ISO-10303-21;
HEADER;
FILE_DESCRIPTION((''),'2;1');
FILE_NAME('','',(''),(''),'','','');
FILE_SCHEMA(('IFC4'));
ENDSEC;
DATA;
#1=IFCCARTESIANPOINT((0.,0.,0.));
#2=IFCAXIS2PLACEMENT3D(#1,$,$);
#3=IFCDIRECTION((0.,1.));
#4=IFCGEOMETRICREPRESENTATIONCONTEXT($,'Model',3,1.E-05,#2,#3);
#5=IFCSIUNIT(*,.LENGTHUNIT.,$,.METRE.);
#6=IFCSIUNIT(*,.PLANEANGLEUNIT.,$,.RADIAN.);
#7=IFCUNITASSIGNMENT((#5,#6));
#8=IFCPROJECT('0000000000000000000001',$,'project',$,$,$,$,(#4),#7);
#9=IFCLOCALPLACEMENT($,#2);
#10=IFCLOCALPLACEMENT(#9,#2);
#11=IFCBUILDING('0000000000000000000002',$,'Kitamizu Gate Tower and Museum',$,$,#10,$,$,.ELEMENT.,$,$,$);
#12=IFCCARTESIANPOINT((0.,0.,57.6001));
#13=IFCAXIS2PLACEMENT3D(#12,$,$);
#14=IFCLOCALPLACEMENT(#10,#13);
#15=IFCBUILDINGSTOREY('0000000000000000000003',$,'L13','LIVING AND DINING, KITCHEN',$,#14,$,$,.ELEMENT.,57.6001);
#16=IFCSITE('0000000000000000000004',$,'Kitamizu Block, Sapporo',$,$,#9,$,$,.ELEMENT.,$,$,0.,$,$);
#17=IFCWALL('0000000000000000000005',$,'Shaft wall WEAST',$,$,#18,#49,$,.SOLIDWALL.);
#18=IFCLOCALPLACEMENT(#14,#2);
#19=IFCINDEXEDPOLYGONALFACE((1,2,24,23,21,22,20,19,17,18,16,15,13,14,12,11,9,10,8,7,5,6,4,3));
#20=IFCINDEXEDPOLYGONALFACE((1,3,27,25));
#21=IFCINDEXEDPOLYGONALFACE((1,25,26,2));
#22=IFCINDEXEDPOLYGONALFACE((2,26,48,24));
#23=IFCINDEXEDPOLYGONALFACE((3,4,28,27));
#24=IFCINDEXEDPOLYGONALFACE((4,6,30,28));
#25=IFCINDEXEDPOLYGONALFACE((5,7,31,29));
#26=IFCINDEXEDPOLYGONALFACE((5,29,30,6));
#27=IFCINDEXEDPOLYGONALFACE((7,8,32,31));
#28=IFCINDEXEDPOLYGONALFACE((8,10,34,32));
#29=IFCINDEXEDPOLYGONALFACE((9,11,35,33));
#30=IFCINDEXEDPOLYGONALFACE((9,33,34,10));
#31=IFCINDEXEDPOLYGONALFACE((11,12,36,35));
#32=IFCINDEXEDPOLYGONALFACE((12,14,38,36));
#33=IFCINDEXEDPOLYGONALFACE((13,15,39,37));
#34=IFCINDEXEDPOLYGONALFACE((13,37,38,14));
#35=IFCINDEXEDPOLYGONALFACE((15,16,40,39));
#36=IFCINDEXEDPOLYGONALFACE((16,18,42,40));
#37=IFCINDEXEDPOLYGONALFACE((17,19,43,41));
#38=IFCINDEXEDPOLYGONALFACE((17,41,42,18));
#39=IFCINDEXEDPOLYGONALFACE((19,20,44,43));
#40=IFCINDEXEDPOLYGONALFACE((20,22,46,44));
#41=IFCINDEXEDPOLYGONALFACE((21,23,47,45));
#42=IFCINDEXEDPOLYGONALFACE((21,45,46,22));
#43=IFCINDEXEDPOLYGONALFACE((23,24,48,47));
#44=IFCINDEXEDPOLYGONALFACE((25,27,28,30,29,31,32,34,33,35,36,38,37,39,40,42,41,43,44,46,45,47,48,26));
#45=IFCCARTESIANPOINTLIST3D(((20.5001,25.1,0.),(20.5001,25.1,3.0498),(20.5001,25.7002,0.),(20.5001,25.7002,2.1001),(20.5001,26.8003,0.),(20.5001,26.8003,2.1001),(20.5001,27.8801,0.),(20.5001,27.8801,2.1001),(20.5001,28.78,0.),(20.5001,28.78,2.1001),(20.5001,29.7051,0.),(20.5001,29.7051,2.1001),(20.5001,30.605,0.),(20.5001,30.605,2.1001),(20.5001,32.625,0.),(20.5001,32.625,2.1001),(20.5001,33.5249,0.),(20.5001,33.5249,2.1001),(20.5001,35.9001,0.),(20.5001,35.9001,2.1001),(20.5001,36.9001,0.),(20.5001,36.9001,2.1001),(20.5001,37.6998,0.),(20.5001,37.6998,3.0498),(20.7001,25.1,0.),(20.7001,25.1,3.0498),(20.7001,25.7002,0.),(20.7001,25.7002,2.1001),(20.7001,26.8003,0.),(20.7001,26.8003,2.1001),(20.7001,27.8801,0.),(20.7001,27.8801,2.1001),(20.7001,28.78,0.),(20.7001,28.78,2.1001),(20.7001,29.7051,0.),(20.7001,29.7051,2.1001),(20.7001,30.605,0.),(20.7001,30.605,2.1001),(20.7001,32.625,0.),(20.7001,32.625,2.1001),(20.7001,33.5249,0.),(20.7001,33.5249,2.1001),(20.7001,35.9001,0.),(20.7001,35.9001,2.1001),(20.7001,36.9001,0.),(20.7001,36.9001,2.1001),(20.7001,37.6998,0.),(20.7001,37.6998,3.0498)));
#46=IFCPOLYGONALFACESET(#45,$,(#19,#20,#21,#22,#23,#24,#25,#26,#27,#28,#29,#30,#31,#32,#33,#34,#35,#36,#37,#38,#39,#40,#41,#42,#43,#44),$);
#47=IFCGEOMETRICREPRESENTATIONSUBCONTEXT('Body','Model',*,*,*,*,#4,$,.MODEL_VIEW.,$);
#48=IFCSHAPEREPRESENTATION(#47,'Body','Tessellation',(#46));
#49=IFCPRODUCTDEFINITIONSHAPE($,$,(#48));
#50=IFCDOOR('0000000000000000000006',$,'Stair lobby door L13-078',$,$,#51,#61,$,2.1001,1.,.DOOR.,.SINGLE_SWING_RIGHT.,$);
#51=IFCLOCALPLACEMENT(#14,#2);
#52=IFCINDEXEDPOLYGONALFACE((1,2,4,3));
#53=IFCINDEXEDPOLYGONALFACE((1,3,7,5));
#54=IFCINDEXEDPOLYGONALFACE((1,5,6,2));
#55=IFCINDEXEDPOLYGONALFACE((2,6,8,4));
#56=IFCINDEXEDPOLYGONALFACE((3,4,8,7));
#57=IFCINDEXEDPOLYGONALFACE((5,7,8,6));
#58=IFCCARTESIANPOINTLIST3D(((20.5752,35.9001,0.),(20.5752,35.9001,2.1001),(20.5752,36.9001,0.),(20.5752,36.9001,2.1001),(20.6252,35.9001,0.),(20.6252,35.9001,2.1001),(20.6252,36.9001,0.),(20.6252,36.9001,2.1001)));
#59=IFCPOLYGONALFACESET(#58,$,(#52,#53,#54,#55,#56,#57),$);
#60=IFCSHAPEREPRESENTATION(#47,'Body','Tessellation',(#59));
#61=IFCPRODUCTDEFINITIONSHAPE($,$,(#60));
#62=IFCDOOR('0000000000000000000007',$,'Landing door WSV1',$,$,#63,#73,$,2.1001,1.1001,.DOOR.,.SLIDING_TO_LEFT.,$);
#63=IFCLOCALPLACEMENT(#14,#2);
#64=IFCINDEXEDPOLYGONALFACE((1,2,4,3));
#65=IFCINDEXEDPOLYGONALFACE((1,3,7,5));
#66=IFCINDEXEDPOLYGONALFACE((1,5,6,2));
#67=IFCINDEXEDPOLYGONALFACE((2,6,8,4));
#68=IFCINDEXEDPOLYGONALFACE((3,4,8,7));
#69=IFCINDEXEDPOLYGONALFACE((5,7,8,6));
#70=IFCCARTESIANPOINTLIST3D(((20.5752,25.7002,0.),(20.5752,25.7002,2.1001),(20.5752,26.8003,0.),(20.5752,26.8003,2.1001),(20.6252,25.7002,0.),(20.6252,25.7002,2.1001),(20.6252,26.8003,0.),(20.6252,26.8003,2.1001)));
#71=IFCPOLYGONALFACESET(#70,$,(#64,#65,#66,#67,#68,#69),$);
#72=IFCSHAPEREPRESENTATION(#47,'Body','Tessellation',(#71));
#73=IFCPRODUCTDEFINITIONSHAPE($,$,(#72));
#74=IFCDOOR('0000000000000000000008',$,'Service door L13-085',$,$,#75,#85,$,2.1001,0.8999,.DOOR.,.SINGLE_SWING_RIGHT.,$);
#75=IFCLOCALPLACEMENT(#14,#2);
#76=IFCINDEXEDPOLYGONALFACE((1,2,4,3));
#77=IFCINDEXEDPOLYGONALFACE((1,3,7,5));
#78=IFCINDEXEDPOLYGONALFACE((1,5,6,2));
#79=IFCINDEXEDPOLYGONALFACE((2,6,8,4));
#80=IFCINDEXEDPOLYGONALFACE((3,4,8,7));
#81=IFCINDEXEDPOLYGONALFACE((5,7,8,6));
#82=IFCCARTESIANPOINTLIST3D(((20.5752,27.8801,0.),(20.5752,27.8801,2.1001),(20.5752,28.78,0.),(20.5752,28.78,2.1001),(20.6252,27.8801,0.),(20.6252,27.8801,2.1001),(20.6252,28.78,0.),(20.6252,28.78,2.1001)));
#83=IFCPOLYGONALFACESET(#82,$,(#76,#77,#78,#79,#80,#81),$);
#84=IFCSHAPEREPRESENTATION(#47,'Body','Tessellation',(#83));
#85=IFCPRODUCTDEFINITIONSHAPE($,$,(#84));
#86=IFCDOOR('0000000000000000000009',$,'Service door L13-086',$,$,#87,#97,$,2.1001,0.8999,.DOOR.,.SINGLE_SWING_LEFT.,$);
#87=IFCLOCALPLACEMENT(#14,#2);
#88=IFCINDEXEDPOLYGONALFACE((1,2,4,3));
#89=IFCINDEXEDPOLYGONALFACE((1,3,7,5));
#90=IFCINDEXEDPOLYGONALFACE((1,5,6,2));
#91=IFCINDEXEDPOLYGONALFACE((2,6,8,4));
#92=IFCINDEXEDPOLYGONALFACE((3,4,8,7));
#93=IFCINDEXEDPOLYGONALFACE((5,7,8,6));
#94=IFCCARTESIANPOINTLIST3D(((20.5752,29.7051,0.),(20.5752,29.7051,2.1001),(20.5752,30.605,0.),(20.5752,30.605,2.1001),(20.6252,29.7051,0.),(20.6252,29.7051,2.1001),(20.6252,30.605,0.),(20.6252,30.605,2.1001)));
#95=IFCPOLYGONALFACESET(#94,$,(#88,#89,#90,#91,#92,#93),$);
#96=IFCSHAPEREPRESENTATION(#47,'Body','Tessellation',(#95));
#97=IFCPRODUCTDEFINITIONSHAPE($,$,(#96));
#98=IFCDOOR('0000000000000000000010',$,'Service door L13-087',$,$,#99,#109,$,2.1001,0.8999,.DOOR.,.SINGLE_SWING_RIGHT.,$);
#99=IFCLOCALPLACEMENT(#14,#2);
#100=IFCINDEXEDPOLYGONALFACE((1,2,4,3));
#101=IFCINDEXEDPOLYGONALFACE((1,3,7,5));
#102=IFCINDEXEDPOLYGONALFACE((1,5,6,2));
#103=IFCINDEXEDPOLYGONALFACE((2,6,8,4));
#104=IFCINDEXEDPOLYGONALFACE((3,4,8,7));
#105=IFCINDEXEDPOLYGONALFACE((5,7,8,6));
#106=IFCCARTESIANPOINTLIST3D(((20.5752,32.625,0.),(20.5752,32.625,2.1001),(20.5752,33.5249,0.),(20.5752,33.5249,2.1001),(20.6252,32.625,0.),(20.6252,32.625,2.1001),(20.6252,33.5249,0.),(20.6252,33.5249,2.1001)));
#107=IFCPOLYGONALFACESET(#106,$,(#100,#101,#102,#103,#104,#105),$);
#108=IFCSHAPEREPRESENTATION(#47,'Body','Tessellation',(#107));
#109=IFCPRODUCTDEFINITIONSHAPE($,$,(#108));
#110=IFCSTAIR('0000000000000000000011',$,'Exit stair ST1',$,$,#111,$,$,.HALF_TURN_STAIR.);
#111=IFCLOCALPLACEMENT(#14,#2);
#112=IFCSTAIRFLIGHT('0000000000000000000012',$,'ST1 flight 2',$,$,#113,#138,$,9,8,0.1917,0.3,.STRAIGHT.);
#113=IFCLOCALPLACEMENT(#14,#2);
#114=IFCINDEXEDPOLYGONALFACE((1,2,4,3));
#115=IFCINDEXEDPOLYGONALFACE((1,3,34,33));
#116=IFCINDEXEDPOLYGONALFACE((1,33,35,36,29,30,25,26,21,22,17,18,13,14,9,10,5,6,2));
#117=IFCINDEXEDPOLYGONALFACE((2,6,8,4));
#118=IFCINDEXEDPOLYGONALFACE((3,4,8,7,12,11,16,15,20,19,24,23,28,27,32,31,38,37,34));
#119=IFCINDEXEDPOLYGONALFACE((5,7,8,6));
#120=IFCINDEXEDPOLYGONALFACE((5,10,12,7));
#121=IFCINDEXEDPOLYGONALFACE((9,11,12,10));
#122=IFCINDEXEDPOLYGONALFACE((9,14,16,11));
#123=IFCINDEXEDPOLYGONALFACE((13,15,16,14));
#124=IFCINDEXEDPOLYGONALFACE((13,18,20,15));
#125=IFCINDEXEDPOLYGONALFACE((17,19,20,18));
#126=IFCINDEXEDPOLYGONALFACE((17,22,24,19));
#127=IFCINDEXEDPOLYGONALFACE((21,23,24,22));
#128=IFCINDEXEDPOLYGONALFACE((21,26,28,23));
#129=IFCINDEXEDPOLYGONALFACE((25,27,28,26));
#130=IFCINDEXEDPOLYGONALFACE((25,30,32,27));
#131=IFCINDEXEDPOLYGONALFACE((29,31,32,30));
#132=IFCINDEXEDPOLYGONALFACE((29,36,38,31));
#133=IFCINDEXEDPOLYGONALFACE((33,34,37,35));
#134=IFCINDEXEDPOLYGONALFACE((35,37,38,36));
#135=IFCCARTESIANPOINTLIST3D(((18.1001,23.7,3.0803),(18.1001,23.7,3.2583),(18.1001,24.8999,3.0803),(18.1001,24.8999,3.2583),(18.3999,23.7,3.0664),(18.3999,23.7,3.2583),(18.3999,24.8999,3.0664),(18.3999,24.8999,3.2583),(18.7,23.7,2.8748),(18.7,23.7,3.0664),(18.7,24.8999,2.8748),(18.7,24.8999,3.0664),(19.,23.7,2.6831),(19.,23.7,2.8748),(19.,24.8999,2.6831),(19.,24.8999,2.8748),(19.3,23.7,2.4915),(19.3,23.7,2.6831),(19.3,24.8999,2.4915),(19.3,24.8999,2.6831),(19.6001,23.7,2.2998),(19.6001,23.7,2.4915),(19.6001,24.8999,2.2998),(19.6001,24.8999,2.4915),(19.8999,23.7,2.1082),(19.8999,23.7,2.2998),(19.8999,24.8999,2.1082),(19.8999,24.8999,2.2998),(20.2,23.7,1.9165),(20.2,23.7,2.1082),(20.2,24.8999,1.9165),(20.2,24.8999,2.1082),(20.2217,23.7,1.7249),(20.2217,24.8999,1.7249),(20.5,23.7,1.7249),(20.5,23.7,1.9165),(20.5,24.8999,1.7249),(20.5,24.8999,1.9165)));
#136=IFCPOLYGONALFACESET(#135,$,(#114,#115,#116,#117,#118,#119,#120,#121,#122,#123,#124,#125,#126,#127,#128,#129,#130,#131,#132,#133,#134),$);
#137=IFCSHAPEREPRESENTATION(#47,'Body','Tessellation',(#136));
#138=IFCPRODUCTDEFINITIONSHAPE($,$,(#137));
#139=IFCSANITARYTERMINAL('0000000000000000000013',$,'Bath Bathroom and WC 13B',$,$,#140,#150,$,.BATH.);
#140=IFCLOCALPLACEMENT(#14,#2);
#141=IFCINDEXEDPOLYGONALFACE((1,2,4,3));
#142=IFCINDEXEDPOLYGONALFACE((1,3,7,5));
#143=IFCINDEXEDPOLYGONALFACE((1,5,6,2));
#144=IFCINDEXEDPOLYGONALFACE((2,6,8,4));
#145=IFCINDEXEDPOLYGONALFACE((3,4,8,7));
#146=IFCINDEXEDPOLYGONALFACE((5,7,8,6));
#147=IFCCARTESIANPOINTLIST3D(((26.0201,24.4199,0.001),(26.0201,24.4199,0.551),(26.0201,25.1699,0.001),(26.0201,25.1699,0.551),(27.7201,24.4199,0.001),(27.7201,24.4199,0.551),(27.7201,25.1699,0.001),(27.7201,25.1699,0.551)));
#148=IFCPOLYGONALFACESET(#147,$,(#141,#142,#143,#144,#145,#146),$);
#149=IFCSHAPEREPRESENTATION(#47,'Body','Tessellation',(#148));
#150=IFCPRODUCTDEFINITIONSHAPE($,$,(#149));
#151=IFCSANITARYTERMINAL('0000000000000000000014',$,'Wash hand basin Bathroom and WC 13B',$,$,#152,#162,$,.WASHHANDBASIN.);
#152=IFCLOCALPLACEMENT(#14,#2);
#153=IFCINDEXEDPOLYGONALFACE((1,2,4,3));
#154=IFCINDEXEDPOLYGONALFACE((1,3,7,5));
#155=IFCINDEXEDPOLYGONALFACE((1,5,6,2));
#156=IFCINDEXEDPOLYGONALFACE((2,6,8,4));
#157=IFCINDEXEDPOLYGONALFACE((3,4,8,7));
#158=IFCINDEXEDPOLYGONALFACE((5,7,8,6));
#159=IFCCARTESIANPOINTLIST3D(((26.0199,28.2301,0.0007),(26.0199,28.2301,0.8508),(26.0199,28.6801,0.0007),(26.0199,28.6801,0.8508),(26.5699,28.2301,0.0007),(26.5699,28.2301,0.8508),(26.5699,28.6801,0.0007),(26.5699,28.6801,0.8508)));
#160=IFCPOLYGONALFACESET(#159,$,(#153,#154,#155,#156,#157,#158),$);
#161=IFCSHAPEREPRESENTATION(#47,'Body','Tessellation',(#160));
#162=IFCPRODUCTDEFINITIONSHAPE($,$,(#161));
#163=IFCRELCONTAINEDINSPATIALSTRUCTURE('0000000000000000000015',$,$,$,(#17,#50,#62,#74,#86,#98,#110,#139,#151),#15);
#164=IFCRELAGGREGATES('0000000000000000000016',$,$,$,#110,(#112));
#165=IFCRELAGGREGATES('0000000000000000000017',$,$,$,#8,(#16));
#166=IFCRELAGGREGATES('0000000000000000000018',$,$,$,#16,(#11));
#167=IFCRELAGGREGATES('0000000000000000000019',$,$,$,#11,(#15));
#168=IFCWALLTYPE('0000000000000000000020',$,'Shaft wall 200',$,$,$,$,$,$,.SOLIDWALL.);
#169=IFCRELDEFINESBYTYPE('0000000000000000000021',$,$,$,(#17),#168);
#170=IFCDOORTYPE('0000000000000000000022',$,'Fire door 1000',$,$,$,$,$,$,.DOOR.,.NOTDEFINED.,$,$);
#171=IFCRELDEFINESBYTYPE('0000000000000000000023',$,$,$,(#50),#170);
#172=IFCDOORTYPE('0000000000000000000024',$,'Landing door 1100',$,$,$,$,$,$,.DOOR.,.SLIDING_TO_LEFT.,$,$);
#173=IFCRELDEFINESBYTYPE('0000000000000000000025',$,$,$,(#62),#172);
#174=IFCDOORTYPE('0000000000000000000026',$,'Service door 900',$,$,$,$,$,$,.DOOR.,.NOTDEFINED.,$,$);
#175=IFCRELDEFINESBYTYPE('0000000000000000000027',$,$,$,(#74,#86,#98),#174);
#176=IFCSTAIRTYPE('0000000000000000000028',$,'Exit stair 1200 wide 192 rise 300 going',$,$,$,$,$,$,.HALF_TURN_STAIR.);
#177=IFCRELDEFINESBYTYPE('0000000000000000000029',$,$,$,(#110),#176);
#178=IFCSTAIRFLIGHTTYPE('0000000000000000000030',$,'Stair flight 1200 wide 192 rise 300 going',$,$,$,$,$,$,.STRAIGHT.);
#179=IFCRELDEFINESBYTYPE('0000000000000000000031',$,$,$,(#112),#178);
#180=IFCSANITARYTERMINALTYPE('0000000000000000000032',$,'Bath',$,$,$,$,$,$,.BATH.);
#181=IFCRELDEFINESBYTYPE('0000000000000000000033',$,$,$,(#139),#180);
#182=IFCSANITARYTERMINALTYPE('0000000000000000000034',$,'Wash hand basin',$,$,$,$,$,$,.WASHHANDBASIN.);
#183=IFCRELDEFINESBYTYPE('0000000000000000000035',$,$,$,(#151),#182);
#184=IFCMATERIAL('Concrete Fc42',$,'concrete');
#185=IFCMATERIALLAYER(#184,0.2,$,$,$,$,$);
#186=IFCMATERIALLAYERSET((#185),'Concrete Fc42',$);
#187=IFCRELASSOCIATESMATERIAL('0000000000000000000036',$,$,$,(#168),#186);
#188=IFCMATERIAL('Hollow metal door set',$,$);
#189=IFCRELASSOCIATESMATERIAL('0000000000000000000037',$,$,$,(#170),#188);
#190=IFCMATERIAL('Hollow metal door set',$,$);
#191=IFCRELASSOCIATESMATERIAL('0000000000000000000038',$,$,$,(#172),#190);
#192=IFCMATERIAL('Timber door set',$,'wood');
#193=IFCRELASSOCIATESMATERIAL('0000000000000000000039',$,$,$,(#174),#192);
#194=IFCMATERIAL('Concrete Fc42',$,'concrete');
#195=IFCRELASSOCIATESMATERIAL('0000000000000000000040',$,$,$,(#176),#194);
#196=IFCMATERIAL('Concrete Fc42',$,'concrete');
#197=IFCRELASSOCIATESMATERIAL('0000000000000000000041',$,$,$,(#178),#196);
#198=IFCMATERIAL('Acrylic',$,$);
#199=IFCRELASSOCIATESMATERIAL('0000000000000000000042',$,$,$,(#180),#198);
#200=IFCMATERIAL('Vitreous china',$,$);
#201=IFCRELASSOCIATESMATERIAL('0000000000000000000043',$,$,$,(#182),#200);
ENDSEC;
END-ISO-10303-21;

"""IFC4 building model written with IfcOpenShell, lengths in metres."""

from ifc_helpers import new_model, si_unit, direction, frame, frame_2d, origin, origin_2d, place, context, subcontext, project, spatial, polyline, rectangle, outline, extrude, material, layer, layer_set, type_object, element, fill, aggregate, save


model = new_model("IFC4")

# Units and contexts
model_context = context("Model", 3, precision=1e-05, world=origin(), true_north=direction((0.0, 1.0)))
body_context = subcontext(model_context, "Body", "Model", "MODEL_VIEW")
ifc_project = project(units=[si_unit("LENGTHUNIT", "METRE"), si_unit("PLANEANGLEUNIT", "RADIAN")], contexts=[model_context])

# Site, building, storey
site_placement = place(None, origin())
site = spatial("IfcSite", under=ifc_project, at=site_placement, Name="Kitamizu Block, Sapporo", CompositionType="ELEMENT", RefElevation=0.0)
building_placement = place(site_placement, origin())
building = spatial("IfcBuilding", under=site, at=building_placement, Name="Kitamizu Gate Tower and Museum", CompositionType="ELEMENT")
storey_placement = place(building_placement, frame((0.0, 0.0, 57.6001)))
storey = spatial("IfcBuildingStorey", under=building, at=storey_placement, Name="L13", Description="LIVING AND DINING, KITCHEN", CompositionType="ELEMENT", Elevation=57.6001)

# Wall, openings, doors
ifc_material_1 = material(Name="Concrete Fc42", Category="concrete")
ifc_layer_1 = layer(ifc_material_1, 0.2)
ifc_layer_set_1 = layer_set([ifc_layer_1], Name="Concrete Fc42")
wall_type_1 = type_object("IfcWallType", Name="Shaft wall 200", PredefinedType="SOLIDWALL", material=ifc_layer_set_1)
wall_1_placement = place(storey_placement, frame((20.6001, 25.1001, 0.0), z_axis=(0.0, 0.0, 1.0), x_axis=(0.0, 1.0, 0.0)))
wall_1 = element("IfcWall", 1, at=wall_1_placement, inside=storey, type_object=wall_type_1, Name="Shaft wall WEAST", PredefinedType="SOLIDWALL", context=body_context, shape_type="SweptSolid", body=[
    extrude(rectangle(XDim=12.5999, YDim=0.2, at=frame_2d((6.2998, 0.0))), origin(), (0.0, 0.0, 1.0), 3.0498),
])
opening_1_placement = place(wall_1_placement, frame((0.6001, 0.0, 0.0)))
opening_1 = element("IfcOpeningElement", 2, at=opening_1_placement, cuts=wall_1, PredefinedType="OPENING", context=body_context, shape_type="SweptSolid", body=[
    extrude(rectangle(XDim=1.1001, YDim=2.1001, at=frame_2d((0.55, 1.05))), frame((0.0, 0.1099, 0.0), z_axis=(0.0, -1.0, 0.0), x_axis=(1.0, 0.0, 0.0)), (0.0, 0.0, 1.0), 0.22),
])
opening_2_placement = place(wall_1_placement, frame((10.8, 0.0, 0.0)))
opening_2 = element("IfcOpeningElement", 3, at=opening_2_placement, cuts=wall_1, PredefinedType="OPENING", context=body_context, shape_type="SweptSolid", body=[
    extrude(rectangle(XDim=1.0, YDim=2.1001, at=frame_2d((0.5, 1.05))), frame((0.0, 0.1099, 0.0), z_axis=(0.0, -1.0, 0.0), x_axis=(1.0, 0.0, 0.0)), (0.0, 0.0, 1.0), 0.22),
])
opening_3_placement = place(wall_1_placement, frame((2.78, 0.0, 0.0)))
opening_3 = element("IfcOpeningElement", 4, at=opening_3_placement, cuts=wall_1, PredefinedType="OPENING", context=body_context, shape_type="SweptSolid", body=[
    extrude(rectangle(XDim=0.8999, YDim=2.1001, at=frame_2d((0.45, 1.05))), frame((0.0, 0.1099, 0.0), z_axis=(0.0, -1.0, 0.0), x_axis=(1.0, 0.0, 0.0)), (0.0, 0.0, 1.0), 0.22),
])
opening_4_placement = place(wall_1_placement, frame((4.605, 0.0, 0.0)))
opening_4 = element("IfcOpeningElement", 5, at=opening_4_placement, cuts=wall_1, PredefinedType="OPENING", context=body_context, shape_type="SweptSolid", body=[
    extrude(rectangle(XDim=0.8999, YDim=2.1001, at=frame_2d((0.45, 1.05))), frame((0.0, 0.1099, 0.0), z_axis=(0.0, -1.0, 0.0), x_axis=(1.0, 0.0, 0.0)), (0.0, 0.0, 1.0), 0.22),
])
opening_5_placement = place(wall_1_placement, frame((7.5249, 0.0, 0.0)))
opening_5 = element("IfcOpeningElement", 6, at=opening_5_placement, cuts=wall_1, PredefinedType="OPENING", context=body_context, shape_type="SweptSolid", body=[
    extrude(rectangle(XDim=0.8999, YDim=2.1001, at=frame_2d((0.45, 1.05))), frame((0.0, 0.1099, 0.0), z_axis=(0.0, -1.0, 0.0), x_axis=(1.0, 0.0, 0.0)), (0.0, 0.0, 1.0), 0.22),
])
ifc_material_2 = material(Name="Hollow metal door set")
door_type_1 = type_object("IfcDoorType", Name="Fire door 1000", OperationType="NOTDEFINED", PredefinedType="DOOR", material=ifc_material_2)
door_1_placement = place(opening_2_placement, origin())
door_1 = element("IfcDoor", 7, at=door_1_placement, inside=storey, type_object=door_type_1, Name="Stair lobby door L13-078", OperationType="SINGLE_SWING_RIGHT", OverallHeight=2.1001, OverallWidth=1.0, PredefinedType="DOOR", context=body_context, shape_type="SweptSolid", body=[
    extrude(rectangle(XDim=1.0, YDim=2.1001, at=frame_2d((0.5, 1.05))), frame((0.0, 0.0249, 0.0), z_axis=(0.0, -1.0, 0.0), x_axis=(1.0, 0.0, 0.0)), (0.0, 0.0, 1.0), 0.05),
])
fill(opening_2, door_1)
ifc_material_3 = material(Name="Hollow metal door set")
door_type_2 = type_object("IfcDoorType", Name="Landing door 1100", OperationType="SLIDING_TO_LEFT", PredefinedType="DOOR", material=ifc_material_3)
door_2_placement = place(opening_1_placement, origin())
door_2 = element("IfcDoor", 8, at=door_2_placement, inside=storey, type_object=door_type_2, Name="Landing door WSV1", OperationType="SLIDING_TO_LEFT", OverallHeight=2.1001, OverallWidth=1.1001, PredefinedType="DOOR", context=body_context, shape_type="SweptSolid", body=[
    extrude(rectangle(XDim=1.1001, YDim=2.1001, at=frame_2d((0.55, 1.05))), frame((0.0, 0.0249, 0.0), z_axis=(0.0, -1.0, 0.0), x_axis=(1.0, 0.0, 0.0)), (0.0, 0.0, 1.0), 0.05),
])
fill(opening_1, door_2)
ifc_material_4 = material(Name="Timber door set", Category="wood")
door_type_3 = type_object("IfcDoorType", Name="Service door 900", OperationType="NOTDEFINED", PredefinedType="DOOR", material=ifc_material_4)
door_3_placement = place(opening_3_placement, origin())
door_3 = element("IfcDoor", 9, at=door_3_placement, inside=storey, type_object=door_type_3, Name="Service door L13-085", OperationType="SINGLE_SWING_RIGHT", OverallHeight=2.1001, OverallWidth=0.8999, PredefinedType="DOOR", context=body_context, shape_type="SweptSolid", body=[
    extrude(rectangle(XDim=0.8999, YDim=2.1001, at=frame_2d((0.45, 1.05))), frame((0.0, 0.0249, 0.0), z_axis=(0.0, -1.0, 0.0), x_axis=(1.0, 0.0, 0.0)), (0.0, 0.0, 1.0), 0.05),
])
fill(opening_3, door_3)
door_4_placement = place(opening_4_placement, origin())
door_4 = element("IfcDoor", 10, at=door_4_placement, inside=storey, type_object=door_type_3, Name="Service door L13-086", OperationType="SINGLE_SWING_LEFT", OverallHeight=2.1001, OverallWidth=0.8999, PredefinedType="DOOR", context=body_context, shape_type="SweptSolid", body=[
    extrude(rectangle(XDim=0.8999, YDim=2.1001, at=frame_2d((0.45, 1.05))), frame((0.0, 0.0249, 0.0), z_axis=(0.0, -1.0, 0.0), x_axis=(1.0, 0.0, 0.0)), (0.0, 0.0, 1.0), 0.05),
])
fill(opening_4, door_4)
door_5_placement = place(opening_5_placement, origin())
door_5 = element("IfcDoor", 11, at=door_5_placement, inside=storey, type_object=door_type_3, Name="Service door L13-087", OperationType="SINGLE_SWING_RIGHT", OverallHeight=2.1001, OverallWidth=0.8999, PredefinedType="DOOR", context=body_context, shape_type="SweptSolid", body=[
    extrude(rectangle(XDim=0.8999, YDim=2.1001, at=frame_2d((0.45, 1.05))), frame((0.0, 0.0249, 0.0), z_axis=(0.0, -1.0, 0.0), x_axis=(1.0, 0.0, 0.0)), (0.0, 0.0, 1.0), 0.05),
])
fill(opening_5, door_5)

# Stair, stair flight
ifc_material_5 = material(Name="Concrete Fc42", Category="concrete")
stair_type = type_object("IfcStairType", Name="Exit stair 1200 wide 192 rise 300 going", PredefinedType="HALF_TURN_STAIR", material=ifc_material_5)
stair_placement = place(storey_placement, origin())
stair = element("IfcStair", 12, at=stair_placement, inside=storey, type_object=stair_type, Name="Exit stair ST1", PredefinedType="HALF_TURN_STAIR")
ifc_material_6 = material(Name="Concrete Fc42", Category="concrete")
stair_flight_type = type_object("IfcStairFlightType", Name="Stair flight 1200 wide 192 rise 300 going", PredefinedType="STRAIGHT", material=ifc_material_6)
stair_flight_placement = place(storey_placement, frame((20.5, 24.3, 1.7249), z_axis=(0.0, 0.0, 1.0), x_axis=(-1.0, 0.0, 0.0)))
stair_flight = element("IfcStairFlight", 13, at=stair_flight_placement, type_object=stair_flight_type, Name="ST1 flight 2", NumberOfRisers=9, NumberOfTreads=8, PredefinedType="STRAIGHT", RiserHeight=0.1917, TreadLength=0.3, context=body_context, shape_type="SweptSolid", body=[
    extrude(outline(polyline([(0.0, 0.0), (0.0, 0.1917), (0.3, 0.1917), (0.3, 0.3833), (0.6001, 0.3833), (0.6001, 0.575), (0.8999, 0.575), (0.8999, 0.7666), (1.2, 0.7666), (1.2, 0.9583), (1.5, 0.9583), (1.5, 1.1499), (1.8, 1.1499), (1.8, 1.3416), (2.1001, 1.3416), (2.1001, 1.5334), (2.3999, 1.5334), (2.3999, 1.7251), (2.3999, 1.3555), (0.2783, 0.0), (0.0, 0.0)])), frame((0.0, 0.6001, 0.0), z_axis=(0.0, -1.0, 0.0), x_axis=(1.0, 0.0, 0.0)), (0.0, 0.0, 1.0), 1.2),
])
aggregate(stair, [stair_flight])

# Sanitary terminals
ifc_material_7 = material(Name="Acrylic")
sanitary_terminal_type_1 = type_object("IfcSanitaryTerminalType", Name="Bath", PredefinedType="BATH", material=ifc_material_7)
sanitary_terminal_1_placement = place(storey_placement, frame((26.8701, 24.7949, 0.001), z_axis=(0.0, 0.0, 1.0), x_axis=(1.0, 0.0, 0.0)))
element("IfcSanitaryTerminal", 14, at=sanitary_terminal_1_placement, inside=storey, type_object=sanitary_terminal_type_1, Name="Bath Bathroom and WC 13B", PredefinedType="BATH", context=body_context, shape_type="SweptSolid", body=[
    extrude(rectangle(XDim=1.7, YDim=0.75, at=origin_2d()), origin(), (0.0, 0.0, 1.0), 0.55),
])
ifc_material_8 = material(Name="Vitreous china")
sanitary_terminal_type_2 = type_object("IfcSanitaryTerminalType", Name="Wash hand basin", PredefinedType="WASHHANDBASIN", material=ifc_material_8)
sanitary_terminal_2_placement = place(storey_placement, frame((26.2949, 28.4551, 0.0007), z_axis=(0.0, 0.0, 1.0), x_axis=(1.0, 0.0, 0.0)))
element("IfcSanitaryTerminal", 15, at=sanitary_terminal_2_placement, inside=storey, type_object=sanitary_terminal_type_2, Name="Wash hand basin Bathroom and WC 13B", PredefinedType="WASHHANDBASIN", context=body_context, shape_type="SweptSolid", body=[
    extrude(rectangle(XDim=0.55, YDim=0.45, at=origin_2d()), origin(), (0.0, 0.0, 1.0), 0.8501),
])

save(model, "model.ifc")
